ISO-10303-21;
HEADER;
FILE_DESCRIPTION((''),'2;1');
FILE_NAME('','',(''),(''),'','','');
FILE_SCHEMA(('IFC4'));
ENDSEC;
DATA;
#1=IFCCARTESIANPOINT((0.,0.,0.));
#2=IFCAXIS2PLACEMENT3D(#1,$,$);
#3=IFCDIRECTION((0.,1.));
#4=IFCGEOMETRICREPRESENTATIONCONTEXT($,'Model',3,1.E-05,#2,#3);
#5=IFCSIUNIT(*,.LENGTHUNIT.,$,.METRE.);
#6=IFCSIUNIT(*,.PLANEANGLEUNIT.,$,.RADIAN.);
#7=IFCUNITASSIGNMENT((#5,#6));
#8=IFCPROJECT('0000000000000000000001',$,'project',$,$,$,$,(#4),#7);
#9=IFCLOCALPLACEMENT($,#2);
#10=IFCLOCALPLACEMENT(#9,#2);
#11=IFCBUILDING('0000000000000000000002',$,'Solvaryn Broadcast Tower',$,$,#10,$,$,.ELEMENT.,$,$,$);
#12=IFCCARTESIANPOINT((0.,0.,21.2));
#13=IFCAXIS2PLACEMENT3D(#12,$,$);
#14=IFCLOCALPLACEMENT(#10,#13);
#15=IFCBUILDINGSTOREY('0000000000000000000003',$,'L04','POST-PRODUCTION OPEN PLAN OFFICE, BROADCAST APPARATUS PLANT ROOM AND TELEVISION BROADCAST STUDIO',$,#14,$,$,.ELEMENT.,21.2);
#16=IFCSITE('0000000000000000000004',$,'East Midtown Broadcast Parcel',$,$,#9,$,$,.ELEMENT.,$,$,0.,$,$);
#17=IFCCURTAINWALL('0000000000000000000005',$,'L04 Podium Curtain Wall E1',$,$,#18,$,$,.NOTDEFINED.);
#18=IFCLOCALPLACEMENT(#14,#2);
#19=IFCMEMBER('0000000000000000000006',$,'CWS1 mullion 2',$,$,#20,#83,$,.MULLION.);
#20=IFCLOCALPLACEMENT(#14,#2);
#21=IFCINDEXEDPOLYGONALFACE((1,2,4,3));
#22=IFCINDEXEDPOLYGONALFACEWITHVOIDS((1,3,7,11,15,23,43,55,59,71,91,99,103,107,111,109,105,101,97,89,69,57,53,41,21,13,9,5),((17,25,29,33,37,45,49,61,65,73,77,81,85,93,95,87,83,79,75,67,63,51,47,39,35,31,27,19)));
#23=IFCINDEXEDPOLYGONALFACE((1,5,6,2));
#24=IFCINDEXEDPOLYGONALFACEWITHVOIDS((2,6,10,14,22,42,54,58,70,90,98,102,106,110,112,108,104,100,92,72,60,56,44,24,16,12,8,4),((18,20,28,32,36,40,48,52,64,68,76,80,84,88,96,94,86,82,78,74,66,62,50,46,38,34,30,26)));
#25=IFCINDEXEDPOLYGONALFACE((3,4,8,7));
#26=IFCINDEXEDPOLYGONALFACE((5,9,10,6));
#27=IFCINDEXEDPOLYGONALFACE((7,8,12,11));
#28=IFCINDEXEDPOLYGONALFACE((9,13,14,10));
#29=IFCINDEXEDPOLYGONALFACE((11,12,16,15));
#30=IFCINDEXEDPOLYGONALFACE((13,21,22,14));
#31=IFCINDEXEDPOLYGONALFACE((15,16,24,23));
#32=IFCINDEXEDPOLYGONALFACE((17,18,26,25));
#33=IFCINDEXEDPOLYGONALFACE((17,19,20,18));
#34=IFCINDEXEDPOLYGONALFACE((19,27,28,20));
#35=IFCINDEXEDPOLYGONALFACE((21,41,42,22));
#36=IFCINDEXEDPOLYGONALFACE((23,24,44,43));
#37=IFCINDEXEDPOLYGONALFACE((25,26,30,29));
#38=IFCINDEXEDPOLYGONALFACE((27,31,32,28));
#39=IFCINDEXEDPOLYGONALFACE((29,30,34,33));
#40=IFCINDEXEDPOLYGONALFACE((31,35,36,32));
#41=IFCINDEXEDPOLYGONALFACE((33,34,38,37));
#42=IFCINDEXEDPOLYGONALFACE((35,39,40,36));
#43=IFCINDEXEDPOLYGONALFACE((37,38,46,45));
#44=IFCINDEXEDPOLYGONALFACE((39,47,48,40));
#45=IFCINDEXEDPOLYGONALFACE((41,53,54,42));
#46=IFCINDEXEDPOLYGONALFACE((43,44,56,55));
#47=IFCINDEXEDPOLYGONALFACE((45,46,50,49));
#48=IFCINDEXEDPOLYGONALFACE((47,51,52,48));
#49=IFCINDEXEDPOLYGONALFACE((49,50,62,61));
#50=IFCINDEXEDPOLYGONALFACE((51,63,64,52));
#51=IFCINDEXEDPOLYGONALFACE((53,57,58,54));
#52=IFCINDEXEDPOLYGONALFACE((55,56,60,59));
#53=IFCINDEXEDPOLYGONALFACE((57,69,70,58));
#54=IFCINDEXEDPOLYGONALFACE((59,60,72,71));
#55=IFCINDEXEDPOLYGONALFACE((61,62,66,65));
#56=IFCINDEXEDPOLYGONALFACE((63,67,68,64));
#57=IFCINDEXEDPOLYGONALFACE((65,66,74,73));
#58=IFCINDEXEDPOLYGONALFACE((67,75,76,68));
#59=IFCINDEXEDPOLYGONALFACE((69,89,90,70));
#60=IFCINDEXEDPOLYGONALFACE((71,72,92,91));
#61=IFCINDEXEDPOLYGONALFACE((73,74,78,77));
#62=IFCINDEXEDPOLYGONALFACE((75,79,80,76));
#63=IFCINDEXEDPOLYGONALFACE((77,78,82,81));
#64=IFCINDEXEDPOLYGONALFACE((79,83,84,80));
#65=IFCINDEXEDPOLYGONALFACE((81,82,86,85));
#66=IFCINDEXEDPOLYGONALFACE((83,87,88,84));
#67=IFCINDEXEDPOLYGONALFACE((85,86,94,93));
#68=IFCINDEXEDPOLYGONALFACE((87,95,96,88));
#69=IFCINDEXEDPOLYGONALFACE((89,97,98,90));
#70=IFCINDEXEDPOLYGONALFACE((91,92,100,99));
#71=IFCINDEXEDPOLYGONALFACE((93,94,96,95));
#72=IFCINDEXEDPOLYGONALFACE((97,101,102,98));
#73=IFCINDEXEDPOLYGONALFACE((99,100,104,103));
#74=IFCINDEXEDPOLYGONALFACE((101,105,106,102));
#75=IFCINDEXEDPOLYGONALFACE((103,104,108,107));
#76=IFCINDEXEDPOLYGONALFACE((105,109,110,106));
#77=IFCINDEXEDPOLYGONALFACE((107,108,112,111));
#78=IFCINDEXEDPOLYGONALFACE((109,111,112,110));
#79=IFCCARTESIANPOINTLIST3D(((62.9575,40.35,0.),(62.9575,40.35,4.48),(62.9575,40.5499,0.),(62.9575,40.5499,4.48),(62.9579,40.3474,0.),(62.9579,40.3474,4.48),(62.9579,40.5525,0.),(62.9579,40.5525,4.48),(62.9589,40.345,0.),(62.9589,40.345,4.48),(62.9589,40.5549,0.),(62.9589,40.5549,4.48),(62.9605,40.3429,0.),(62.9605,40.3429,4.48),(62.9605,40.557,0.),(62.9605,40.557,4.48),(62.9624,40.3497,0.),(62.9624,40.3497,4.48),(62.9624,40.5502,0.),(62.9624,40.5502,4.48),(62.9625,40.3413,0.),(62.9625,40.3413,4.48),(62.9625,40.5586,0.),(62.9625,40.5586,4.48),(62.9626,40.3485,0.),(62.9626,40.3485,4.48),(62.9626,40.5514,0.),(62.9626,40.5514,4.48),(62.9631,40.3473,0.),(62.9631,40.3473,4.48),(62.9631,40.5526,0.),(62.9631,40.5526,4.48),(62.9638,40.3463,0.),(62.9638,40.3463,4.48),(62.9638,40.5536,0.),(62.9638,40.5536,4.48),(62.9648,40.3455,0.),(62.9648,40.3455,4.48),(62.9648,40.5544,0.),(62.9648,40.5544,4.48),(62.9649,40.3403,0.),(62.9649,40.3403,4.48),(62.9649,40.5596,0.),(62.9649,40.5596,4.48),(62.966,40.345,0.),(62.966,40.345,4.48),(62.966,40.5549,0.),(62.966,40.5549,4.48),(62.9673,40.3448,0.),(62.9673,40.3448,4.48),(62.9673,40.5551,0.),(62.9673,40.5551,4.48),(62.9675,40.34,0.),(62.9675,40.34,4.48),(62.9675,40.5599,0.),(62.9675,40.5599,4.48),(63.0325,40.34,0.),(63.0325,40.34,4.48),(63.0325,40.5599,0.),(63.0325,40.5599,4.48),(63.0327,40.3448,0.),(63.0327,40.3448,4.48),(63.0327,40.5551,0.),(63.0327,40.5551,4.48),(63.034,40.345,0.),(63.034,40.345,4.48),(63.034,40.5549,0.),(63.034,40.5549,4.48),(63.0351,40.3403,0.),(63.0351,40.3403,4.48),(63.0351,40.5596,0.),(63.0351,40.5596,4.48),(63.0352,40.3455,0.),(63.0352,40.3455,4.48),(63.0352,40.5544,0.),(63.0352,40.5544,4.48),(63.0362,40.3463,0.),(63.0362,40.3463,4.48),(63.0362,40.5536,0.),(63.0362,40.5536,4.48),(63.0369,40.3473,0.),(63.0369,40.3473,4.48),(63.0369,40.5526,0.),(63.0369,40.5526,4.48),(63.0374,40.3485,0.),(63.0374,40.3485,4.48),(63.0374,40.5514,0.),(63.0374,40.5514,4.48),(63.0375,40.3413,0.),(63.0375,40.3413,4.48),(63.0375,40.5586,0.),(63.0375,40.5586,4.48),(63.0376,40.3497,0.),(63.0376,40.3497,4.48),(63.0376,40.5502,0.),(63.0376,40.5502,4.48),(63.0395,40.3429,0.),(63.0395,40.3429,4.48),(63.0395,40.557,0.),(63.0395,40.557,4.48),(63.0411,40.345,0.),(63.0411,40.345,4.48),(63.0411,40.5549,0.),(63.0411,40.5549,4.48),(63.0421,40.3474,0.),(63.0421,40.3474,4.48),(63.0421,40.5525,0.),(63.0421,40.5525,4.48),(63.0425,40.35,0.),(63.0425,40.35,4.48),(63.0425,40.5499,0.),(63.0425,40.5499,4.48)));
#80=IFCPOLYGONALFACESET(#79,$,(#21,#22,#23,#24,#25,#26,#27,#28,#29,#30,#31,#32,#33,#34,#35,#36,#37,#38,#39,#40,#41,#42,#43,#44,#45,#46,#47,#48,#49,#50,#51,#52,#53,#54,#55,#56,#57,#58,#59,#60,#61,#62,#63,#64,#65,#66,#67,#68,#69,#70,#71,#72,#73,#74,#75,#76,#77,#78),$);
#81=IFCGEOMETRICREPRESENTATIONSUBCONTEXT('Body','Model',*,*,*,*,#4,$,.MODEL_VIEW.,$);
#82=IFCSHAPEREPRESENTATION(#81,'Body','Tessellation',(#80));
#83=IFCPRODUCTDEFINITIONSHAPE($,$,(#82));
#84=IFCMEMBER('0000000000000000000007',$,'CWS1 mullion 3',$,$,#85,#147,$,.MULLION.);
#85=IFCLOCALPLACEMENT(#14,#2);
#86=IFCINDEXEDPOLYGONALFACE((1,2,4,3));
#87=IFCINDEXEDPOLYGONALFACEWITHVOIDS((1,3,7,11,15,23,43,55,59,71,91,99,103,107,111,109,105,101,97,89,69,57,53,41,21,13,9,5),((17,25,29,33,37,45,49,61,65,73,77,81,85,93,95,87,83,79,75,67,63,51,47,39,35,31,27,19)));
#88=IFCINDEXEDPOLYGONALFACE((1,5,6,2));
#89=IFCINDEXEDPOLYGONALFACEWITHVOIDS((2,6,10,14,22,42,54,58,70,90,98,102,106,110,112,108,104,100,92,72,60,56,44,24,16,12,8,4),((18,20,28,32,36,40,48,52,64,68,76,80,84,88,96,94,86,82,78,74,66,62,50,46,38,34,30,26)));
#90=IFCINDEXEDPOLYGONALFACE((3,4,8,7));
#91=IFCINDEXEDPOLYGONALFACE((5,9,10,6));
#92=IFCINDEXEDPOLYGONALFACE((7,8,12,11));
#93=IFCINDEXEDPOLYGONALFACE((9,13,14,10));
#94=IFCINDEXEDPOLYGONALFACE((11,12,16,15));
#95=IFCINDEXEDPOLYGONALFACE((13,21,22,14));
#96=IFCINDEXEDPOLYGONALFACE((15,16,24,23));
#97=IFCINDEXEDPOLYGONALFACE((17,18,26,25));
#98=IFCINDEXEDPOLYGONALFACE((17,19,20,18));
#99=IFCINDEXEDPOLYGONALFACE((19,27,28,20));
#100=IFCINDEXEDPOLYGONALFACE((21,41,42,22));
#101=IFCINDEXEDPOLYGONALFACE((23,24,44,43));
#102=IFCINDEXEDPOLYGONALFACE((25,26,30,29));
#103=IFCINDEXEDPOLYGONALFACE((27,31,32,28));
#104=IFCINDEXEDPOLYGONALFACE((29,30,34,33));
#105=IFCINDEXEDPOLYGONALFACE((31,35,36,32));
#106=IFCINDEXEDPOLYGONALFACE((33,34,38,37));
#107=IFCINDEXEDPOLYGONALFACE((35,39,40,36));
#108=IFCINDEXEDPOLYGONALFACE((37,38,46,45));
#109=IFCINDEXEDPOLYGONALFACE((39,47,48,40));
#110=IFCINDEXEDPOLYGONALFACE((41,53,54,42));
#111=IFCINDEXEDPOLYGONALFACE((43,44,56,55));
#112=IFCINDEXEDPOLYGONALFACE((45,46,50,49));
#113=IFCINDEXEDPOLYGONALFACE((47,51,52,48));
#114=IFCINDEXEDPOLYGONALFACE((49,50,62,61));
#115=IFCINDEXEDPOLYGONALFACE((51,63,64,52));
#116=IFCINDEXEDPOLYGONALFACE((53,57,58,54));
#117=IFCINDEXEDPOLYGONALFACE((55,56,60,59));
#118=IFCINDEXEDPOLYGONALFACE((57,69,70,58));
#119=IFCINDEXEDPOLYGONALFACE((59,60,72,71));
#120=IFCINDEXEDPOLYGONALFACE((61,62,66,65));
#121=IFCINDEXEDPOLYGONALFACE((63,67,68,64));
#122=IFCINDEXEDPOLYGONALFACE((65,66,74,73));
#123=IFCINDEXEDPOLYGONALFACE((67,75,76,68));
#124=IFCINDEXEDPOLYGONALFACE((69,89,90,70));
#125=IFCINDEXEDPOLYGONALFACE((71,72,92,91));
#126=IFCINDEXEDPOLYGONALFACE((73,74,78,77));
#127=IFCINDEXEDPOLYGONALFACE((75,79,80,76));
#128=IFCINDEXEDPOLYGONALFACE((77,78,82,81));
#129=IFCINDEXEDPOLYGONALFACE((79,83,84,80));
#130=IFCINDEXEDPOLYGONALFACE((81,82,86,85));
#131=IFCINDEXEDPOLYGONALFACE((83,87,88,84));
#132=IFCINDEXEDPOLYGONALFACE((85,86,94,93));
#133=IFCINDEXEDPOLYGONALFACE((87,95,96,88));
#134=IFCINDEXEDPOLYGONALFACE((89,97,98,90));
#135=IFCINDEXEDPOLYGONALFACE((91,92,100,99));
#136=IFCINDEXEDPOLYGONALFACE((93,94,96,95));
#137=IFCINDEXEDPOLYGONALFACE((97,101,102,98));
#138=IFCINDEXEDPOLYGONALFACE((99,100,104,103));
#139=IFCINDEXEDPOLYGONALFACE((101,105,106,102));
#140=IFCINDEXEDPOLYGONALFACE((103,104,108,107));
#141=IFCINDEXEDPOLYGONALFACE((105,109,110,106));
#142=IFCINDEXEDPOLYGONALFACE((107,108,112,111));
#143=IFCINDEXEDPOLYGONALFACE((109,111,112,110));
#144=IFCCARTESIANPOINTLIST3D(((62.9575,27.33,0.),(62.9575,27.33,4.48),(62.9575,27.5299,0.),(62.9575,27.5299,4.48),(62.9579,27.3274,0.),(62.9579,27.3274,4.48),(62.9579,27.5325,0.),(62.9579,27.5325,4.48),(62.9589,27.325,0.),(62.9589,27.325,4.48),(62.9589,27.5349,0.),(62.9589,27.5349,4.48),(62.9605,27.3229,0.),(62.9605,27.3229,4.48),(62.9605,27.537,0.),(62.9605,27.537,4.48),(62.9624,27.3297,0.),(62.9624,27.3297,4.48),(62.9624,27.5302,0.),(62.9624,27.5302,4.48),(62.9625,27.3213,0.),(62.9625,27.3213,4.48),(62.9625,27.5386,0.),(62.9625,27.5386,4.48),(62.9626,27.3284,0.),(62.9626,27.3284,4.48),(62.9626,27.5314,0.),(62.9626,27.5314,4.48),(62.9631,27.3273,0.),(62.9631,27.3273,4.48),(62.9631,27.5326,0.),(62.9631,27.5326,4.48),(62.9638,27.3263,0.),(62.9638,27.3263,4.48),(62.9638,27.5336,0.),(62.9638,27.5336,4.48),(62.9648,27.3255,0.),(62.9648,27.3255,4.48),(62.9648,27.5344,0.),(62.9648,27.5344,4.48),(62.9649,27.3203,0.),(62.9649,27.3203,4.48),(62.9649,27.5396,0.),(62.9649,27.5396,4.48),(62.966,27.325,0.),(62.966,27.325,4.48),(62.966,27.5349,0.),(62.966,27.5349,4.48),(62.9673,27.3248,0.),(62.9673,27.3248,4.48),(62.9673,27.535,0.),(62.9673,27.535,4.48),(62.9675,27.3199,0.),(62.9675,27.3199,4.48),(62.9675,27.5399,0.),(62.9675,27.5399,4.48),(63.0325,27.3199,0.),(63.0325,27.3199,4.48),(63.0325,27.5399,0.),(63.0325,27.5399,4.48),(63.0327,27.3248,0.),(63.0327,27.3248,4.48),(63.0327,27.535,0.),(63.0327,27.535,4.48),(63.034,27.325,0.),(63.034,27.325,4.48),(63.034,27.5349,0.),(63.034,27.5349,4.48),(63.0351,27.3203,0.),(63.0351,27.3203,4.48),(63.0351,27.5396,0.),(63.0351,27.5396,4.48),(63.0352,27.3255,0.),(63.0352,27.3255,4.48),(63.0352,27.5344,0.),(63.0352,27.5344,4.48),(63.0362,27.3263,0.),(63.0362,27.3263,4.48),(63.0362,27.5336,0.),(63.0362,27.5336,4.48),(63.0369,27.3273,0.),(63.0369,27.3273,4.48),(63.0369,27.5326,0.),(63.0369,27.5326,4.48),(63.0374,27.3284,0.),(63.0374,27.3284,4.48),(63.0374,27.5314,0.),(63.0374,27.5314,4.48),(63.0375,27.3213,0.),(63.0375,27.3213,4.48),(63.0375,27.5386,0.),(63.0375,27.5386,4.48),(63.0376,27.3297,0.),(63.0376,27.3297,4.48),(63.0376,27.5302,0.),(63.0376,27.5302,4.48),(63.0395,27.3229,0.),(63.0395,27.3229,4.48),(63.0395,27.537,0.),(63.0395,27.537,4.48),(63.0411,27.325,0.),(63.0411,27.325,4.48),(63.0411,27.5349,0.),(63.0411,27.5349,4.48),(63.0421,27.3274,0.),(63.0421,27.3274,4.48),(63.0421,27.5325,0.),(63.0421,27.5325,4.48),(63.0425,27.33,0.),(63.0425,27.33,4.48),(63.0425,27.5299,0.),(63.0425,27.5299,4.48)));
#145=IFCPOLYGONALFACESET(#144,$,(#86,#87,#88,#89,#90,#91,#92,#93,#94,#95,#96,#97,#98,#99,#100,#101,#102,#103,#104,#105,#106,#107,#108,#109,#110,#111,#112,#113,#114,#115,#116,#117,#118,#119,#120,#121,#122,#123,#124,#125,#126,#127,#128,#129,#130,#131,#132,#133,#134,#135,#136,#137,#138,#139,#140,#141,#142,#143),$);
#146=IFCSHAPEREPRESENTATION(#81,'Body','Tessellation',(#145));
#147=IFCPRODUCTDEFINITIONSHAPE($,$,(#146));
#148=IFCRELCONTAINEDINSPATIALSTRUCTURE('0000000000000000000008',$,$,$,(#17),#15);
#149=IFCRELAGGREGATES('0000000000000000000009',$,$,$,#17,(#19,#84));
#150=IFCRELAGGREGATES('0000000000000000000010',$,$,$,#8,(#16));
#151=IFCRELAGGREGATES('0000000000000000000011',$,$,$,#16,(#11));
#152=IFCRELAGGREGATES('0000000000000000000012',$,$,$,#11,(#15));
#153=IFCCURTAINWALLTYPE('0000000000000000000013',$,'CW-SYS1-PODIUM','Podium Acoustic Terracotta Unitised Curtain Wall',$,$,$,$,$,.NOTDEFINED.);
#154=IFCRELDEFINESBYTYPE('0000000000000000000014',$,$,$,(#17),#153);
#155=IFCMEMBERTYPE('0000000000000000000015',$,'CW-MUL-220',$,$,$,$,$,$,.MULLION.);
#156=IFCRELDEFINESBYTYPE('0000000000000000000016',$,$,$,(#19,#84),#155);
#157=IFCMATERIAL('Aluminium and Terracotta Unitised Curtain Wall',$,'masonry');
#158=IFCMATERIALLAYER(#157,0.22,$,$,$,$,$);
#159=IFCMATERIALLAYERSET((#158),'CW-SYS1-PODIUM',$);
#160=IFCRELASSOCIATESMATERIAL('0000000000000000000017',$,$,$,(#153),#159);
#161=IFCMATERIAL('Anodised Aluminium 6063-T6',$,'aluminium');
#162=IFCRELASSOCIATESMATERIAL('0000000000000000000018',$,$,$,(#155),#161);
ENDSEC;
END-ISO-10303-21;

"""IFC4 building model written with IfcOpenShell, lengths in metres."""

from ifc_helpers import new_model, si_unit, direction, frame, origin, origin_2d, place, context, subcontext, project, spatial, hollow_rectangle, extrude, material, layer, layer_set, material_profile, profile_set, type_object, element, aggregate, save


model = new_model("IFC4")

# Units and contexts
model_context = context("Model", 3, precision=1e-05, world=origin(), true_north=direction((0.0, 1.0)))
body_context = subcontext(model_context, "Body", "Model", "MODEL_VIEW")
ifc_project = project(units=[si_unit("LENGTHUNIT", "METRE"), si_unit("PLANEANGLEUNIT", "RADIAN")], contexts=[model_context])

# Site, building, storey
site_placement = place(None, origin())
site = spatial("IfcSite", under=ifc_project, at=site_placement, Name="East Midtown Broadcast Parcel", CompositionType="ELEMENT", RefElevation=0.0)
building_placement = place(site_placement, origin())
building = spatial("IfcBuilding", under=site, at=building_placement, Name="Solvaryn Broadcast Tower", CompositionType="ELEMENT")
storey_placement = place(building_placement, frame((0.0, 0.0, 21.2)))
storey = spatial("IfcBuildingStorey", under=building, at=storey_placement, Name="L04", Description="POST-PRODUCTION OPEN PLAN OFFICE, BROADCAST APPARATUS PLANT ROOM AND TELEVISION BROADCAST STUDIO", CompositionType="ELEMENT", Elevation=21.2)

# Curtain wall, members
ifc_material_1 = material(Name="Aluminium and Terracotta Unitised Curtain Wall", Category="masonry")
ifc_layer_1 = layer(ifc_material_1, 0.22)
ifc_layer_set_1 = layer_set([ifc_layer_1], Name="CW-SYS1-PODIUM")
curtain_wall_type = type_object("IfcCurtainWallType", Name="CW-SYS1-PODIUM", Description="Podium Acoustic Terracotta Unitised Curtain Wall", PredefinedType="NOTDEFINED", material=ifc_layer_set_1)
curtain_wall_1_placement = place(storey_placement, origin())
curtain_wall_1 = element("IfcCurtainWall", 1, at=curtain_wall_1_placement, inside=storey, type_object=curtain_wall_type, Name="L04 Podium Curtain Wall E1", PredefinedType="NOTDEFINED")
ifc_material_2 = material(Name="Anodised Aluminium 6063-T6", Category="aluminium")
ifc_material_profile_1 = material_profile(ifc_material_2, hollow_rectangle(XDim=0.085, YDim=0.22, WallThickness=0.0049, InnerFilletRadius=0.0049, OuterFilletRadius=0.01, at=origin_2d()))
ifc_profile_set_1 = profile_set([ifc_material_profile_1], Name="Anodised Aluminium 6063-T6")
member_type_1 = type_object("IfcMemberType", Name="CW-MUL-220", PredefinedType="MULLION", material=ifc_profile_set_1)
member_1_placement = place(storey_placement, frame((63.0, 40.45, 0.0), z_axis=(0.0, 0.0, 1.0), x_axis=(1.0, 0.0, 0.0)))
member_1 = element("IfcMember", 2, at=member_1_placement, type_object=member_type_1, Name="CWS1 mullion 2", PredefinedType="MULLION", context=body_context, shape_type="SweptSolid", body=[
    extrude(hollow_rectangle(XDim=0.085, YDim=0.22, WallThickness=0.0049, InnerFilletRadius=0.0049, OuterFilletRadius=0.01, at=origin_2d()), origin(), (0.0, 0.0, 1.0), 4.48),
])
member_2_placement = place(storey_placement, frame((63.0, 27.4299, 0.0), z_axis=(0.0, 0.0, 1.0), x_axis=(1.0, 0.0, 0.0)))
member_2 = element("IfcMember", 3, at=member_2_placement, type_object=member_type_1, Name="CWS1 mullion 3", PredefinedType="MULLION", context=body_context, shape_type="SweptSolid", body=[
    extrude(hollow_rectangle(XDim=0.085, YDim=0.22, WallThickness=0.0049, InnerFilletRadius=0.0049, OuterFilletRadius=0.01, at=origin_2d()), origin(), (0.0, 0.0, 1.0), 4.48),
])

aggregate(curtain_wall_1, [member_1, member_2])

save(model, "model.ifc")
